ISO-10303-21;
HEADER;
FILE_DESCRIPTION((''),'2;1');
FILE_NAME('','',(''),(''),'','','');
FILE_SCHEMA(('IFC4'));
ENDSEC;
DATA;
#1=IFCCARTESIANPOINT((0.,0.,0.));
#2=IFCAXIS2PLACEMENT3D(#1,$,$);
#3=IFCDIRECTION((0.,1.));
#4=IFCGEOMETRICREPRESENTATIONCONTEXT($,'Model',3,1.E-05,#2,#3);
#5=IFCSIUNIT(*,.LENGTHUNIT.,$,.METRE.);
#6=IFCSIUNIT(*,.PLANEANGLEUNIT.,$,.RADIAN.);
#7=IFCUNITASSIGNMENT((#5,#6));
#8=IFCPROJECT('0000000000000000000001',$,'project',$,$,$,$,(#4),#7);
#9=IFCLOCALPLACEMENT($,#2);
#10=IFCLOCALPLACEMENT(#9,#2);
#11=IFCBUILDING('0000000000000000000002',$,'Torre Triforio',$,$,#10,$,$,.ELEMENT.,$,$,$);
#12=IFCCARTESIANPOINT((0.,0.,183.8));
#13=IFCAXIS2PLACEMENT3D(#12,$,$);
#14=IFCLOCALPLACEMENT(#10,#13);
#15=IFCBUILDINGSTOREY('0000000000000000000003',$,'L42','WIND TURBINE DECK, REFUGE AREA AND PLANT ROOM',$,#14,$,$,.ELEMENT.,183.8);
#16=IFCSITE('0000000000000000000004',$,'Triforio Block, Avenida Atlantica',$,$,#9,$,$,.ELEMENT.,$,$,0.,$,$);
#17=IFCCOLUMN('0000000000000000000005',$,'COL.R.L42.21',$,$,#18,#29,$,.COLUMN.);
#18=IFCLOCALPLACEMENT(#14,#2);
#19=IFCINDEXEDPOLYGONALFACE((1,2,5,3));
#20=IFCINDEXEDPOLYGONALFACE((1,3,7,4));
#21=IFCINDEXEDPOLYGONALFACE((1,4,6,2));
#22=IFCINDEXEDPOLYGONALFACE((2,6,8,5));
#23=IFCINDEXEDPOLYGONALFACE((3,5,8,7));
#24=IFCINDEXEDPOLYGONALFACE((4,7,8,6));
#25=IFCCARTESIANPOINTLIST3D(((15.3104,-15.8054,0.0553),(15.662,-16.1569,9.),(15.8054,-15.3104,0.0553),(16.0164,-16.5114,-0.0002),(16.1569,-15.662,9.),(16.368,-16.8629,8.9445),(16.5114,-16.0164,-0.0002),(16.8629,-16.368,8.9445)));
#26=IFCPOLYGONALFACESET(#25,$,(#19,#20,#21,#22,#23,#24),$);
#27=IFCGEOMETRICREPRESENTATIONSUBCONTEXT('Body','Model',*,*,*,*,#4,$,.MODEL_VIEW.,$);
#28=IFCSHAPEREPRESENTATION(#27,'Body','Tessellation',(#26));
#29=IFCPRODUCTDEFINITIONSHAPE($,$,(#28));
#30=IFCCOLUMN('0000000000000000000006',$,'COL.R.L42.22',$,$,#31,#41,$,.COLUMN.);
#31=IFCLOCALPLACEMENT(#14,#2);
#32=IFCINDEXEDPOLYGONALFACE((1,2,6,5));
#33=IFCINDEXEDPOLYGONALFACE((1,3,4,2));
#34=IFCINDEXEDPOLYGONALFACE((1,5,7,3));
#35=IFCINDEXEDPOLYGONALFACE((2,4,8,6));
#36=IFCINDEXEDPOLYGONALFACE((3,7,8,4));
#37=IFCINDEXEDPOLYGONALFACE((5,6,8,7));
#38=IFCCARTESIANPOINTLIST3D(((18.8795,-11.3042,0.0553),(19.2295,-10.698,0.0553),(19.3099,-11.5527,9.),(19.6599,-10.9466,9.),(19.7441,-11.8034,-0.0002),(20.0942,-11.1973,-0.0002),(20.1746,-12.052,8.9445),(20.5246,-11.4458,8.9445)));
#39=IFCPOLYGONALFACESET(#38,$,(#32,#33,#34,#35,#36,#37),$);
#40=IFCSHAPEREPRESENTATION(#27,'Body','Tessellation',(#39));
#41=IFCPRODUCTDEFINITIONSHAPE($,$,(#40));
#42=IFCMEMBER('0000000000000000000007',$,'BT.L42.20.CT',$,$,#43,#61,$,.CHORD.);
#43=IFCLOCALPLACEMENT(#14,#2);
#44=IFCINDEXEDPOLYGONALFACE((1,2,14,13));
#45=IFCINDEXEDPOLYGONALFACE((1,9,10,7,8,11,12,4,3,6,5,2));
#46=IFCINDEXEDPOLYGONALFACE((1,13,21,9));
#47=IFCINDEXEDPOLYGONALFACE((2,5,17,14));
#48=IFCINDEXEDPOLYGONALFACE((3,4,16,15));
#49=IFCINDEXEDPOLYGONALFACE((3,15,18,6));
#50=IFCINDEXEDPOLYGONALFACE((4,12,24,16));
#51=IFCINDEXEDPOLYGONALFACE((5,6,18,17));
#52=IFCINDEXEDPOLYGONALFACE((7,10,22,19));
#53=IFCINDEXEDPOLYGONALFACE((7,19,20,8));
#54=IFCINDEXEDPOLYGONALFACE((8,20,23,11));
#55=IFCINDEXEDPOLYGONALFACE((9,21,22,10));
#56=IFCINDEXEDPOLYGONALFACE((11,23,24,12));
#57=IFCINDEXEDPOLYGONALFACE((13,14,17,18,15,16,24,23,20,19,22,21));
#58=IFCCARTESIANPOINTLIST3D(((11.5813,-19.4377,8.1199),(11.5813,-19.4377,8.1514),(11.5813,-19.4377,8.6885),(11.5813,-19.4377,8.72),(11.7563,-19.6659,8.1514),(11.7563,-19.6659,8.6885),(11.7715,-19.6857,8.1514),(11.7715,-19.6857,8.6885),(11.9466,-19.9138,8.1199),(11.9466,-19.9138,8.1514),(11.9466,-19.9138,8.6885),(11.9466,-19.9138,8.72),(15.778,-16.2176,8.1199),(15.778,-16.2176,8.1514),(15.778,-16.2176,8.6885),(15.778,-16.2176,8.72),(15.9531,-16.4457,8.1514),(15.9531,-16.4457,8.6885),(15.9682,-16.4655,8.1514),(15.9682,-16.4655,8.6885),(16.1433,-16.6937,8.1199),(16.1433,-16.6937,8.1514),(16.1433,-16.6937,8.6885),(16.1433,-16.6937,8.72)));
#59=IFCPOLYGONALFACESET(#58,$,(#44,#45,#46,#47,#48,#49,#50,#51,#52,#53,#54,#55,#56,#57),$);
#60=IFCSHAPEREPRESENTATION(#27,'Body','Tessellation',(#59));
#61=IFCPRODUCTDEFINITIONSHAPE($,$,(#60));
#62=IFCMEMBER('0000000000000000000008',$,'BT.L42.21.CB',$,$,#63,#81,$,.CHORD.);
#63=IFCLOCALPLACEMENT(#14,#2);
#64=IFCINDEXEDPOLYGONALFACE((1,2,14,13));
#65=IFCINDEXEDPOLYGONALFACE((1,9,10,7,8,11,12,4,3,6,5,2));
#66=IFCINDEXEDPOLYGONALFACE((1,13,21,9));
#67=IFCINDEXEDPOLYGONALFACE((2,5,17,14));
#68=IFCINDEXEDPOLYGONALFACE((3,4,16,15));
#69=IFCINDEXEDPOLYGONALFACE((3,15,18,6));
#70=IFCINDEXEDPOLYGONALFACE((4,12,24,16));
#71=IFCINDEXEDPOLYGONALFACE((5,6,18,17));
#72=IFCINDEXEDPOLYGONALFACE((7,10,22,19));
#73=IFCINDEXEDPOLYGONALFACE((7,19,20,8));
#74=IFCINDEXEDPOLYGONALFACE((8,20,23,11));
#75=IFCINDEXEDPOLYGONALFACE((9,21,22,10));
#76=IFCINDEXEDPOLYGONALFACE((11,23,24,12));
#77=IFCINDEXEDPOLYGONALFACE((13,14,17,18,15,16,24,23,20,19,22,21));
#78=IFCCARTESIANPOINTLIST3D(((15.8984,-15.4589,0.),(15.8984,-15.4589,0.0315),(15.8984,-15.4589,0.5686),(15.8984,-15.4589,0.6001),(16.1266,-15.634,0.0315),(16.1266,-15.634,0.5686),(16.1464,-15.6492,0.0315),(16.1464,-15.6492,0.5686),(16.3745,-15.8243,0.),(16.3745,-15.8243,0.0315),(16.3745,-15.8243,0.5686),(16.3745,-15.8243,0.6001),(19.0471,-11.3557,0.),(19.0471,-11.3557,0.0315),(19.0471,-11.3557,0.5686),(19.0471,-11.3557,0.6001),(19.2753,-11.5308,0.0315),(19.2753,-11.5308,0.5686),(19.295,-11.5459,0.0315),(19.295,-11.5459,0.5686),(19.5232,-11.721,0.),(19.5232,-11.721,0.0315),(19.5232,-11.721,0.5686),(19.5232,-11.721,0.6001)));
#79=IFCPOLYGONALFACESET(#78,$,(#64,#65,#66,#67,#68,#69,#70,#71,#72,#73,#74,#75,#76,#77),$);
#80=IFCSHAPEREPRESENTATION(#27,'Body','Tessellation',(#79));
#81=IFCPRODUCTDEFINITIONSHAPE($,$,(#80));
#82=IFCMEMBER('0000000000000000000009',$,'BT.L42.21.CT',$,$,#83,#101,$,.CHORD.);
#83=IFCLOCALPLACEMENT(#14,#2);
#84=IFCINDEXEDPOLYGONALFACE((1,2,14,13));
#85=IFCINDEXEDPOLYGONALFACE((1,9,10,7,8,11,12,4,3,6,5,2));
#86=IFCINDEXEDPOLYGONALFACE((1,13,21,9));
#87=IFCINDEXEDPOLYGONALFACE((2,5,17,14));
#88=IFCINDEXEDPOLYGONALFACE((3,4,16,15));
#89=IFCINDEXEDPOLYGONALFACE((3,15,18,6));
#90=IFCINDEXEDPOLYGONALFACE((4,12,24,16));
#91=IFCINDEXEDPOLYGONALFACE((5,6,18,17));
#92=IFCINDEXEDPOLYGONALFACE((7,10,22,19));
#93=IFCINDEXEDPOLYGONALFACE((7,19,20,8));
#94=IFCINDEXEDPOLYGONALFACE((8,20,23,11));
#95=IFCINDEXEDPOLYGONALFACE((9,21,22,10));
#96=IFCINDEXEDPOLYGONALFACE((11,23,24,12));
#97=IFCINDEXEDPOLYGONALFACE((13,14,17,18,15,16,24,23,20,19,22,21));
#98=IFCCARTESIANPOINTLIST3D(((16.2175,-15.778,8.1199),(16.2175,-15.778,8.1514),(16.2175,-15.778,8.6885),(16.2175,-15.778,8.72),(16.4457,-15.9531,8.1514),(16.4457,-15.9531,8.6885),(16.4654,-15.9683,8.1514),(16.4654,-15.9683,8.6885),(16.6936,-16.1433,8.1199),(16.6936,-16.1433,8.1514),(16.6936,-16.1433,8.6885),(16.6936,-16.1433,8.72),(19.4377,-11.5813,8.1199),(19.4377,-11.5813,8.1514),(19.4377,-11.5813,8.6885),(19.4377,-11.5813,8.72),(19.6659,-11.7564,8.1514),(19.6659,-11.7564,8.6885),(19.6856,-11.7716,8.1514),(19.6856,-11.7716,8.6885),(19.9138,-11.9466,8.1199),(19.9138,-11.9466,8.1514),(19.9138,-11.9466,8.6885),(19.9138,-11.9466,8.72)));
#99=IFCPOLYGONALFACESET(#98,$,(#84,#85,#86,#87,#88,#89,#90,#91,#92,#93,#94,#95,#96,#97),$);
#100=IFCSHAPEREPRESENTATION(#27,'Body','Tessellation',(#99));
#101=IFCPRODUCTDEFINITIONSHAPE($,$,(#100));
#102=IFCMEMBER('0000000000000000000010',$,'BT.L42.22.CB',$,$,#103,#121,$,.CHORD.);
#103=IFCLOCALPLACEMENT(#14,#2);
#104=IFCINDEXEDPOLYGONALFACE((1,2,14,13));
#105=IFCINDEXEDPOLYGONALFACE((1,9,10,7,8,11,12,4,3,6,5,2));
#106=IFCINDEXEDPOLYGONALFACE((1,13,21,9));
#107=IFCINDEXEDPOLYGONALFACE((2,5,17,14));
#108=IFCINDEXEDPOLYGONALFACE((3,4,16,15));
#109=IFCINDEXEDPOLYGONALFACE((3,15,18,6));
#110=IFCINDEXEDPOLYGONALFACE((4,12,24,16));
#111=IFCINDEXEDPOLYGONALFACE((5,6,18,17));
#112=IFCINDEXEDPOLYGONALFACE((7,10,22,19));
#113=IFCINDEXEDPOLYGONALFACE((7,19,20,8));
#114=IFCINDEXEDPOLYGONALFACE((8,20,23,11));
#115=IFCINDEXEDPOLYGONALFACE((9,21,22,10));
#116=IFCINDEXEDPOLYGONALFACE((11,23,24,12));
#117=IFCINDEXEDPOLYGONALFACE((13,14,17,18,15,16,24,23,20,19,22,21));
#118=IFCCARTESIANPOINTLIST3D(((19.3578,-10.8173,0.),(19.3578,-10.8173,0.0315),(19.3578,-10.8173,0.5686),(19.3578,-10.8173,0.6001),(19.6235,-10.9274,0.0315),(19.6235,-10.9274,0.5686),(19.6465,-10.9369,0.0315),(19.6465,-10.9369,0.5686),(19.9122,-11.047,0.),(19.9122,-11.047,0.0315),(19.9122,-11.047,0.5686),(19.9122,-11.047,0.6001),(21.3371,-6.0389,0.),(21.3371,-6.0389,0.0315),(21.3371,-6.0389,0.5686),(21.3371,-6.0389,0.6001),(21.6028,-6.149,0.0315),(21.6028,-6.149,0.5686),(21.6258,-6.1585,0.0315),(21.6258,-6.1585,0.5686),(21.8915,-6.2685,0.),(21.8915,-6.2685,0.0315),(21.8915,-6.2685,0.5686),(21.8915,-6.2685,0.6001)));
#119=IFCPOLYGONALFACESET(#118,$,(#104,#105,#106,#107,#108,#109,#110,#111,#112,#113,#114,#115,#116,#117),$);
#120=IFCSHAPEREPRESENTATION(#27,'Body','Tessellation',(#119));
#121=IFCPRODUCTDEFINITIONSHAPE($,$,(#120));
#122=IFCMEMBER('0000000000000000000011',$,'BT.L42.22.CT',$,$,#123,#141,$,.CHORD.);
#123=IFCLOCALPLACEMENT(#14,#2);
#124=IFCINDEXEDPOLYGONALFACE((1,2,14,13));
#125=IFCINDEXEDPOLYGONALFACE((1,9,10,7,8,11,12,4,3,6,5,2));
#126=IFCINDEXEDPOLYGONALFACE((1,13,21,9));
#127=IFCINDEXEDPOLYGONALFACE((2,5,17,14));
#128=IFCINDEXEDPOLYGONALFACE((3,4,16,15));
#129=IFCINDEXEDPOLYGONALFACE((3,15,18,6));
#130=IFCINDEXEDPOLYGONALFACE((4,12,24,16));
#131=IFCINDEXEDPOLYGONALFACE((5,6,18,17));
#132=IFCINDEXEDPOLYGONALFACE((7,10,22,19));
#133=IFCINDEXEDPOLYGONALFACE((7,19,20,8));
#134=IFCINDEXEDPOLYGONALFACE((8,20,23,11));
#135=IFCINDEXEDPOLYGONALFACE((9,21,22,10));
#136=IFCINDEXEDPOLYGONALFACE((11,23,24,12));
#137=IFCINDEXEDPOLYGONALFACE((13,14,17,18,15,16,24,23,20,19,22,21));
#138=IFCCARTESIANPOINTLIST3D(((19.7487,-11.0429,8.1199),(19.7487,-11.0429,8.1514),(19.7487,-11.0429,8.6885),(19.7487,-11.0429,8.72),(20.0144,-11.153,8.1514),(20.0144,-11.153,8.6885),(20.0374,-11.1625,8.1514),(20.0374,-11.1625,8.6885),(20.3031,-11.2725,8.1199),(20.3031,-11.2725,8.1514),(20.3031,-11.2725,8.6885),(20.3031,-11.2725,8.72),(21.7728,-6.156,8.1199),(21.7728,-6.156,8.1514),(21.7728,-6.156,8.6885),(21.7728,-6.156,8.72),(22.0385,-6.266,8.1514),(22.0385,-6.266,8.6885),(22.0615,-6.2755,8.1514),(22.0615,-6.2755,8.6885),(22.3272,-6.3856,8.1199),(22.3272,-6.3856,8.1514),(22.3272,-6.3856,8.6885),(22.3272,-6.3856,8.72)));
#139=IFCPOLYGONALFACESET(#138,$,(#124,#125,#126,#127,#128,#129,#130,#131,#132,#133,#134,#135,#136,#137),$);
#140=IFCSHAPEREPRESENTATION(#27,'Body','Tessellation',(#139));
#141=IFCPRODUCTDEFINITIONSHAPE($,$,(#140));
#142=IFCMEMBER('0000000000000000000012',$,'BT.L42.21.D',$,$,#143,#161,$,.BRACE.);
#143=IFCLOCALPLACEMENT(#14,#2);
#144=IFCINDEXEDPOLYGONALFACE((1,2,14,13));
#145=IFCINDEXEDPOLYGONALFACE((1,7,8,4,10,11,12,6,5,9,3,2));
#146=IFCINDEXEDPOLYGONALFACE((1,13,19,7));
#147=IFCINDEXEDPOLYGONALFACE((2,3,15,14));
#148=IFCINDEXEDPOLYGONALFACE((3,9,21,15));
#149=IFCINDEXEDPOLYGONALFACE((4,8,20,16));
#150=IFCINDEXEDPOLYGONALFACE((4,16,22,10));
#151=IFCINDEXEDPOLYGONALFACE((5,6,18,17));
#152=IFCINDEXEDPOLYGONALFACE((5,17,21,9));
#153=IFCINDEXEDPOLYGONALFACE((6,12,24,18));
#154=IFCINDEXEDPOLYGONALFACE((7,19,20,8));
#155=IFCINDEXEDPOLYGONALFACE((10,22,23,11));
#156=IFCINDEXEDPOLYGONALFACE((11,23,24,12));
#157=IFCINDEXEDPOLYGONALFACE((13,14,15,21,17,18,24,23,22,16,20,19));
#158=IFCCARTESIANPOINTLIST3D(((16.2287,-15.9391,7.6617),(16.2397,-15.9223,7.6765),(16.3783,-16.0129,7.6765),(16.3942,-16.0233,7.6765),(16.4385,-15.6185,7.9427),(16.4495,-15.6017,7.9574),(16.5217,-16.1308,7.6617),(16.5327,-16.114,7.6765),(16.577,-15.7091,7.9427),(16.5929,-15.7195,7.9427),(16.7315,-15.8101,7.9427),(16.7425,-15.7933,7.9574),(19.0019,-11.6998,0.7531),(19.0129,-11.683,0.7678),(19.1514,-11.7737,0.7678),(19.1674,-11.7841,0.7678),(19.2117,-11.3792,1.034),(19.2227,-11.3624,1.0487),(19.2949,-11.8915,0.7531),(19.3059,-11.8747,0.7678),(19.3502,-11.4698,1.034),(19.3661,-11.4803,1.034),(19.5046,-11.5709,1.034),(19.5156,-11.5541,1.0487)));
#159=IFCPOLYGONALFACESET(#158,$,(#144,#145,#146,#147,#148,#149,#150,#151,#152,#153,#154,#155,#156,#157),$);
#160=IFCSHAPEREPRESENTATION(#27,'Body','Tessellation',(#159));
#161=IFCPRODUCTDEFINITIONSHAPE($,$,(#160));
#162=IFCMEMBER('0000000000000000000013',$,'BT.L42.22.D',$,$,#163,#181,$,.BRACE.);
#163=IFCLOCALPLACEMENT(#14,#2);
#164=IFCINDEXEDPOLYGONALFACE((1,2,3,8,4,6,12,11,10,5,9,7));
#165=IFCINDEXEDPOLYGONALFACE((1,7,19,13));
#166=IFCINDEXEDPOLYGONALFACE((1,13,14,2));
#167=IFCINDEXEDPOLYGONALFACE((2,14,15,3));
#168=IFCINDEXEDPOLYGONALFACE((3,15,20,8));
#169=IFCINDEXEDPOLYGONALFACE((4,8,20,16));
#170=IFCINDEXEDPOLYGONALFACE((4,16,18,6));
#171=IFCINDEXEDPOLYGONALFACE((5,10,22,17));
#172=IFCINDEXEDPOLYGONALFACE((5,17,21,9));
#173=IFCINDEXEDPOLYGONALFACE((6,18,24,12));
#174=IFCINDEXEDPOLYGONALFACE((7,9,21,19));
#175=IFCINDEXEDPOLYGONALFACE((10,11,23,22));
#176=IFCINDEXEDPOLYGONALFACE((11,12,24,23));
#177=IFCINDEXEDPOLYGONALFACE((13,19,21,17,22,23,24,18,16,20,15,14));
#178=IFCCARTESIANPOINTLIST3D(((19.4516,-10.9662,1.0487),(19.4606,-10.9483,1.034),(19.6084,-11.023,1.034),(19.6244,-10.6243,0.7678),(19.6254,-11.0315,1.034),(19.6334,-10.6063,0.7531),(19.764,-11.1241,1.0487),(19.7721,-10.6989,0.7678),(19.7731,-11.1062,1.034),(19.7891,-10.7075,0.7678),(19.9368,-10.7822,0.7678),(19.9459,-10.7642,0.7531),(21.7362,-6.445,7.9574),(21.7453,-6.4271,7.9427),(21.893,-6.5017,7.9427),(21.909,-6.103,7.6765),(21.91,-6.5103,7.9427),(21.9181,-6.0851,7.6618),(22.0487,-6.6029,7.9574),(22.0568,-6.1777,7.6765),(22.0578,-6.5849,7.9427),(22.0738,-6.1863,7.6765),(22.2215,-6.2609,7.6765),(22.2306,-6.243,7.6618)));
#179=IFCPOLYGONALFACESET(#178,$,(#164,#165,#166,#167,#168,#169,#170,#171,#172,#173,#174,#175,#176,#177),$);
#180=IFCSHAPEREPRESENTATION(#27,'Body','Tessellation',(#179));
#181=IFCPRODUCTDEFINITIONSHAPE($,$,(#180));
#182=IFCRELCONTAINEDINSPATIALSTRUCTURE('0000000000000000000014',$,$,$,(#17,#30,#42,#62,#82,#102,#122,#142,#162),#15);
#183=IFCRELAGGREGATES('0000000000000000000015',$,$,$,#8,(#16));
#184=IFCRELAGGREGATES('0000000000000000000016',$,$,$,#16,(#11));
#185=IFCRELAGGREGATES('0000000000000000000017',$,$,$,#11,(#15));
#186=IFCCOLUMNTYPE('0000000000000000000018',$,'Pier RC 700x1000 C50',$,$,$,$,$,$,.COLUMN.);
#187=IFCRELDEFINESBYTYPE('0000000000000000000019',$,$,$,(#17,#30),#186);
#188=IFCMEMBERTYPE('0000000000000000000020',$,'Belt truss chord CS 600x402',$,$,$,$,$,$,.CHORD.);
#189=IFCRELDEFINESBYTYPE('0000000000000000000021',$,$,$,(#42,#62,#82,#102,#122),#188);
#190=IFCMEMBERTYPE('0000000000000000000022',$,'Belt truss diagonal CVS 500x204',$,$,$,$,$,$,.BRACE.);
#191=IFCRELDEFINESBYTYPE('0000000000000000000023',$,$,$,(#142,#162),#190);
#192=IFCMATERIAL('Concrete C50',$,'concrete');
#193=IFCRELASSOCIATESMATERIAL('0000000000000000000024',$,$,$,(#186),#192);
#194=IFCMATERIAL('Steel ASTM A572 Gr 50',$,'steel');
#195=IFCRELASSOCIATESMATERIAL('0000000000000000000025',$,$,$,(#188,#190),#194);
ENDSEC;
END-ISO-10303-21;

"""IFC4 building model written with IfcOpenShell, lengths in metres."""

from ifc_helpers import new_model, si_unit, direction, frame, origin, origin_2d, place, context, subcontext, project, spatial, rectangle, i_section, extrude, material, material_profile, profile_set, type_object, element, save


model = new_model("IFC4")

# Units and contexts
model_context = context("Model", 3, precision=1e-05, world=origin(), true_north=direction((0.0, 1.0)))
body_context = subcontext(model_context, "Body", "Model", "MODEL_VIEW")
ifc_project = project(units=[si_unit("LENGTHUNIT", "METRE"), si_unit("PLANEANGLEUNIT", "RADIAN")], contexts=[model_context])

# Site, building, storey
site_placement = place(None, origin())
site = spatial("IfcSite", under=ifc_project, at=site_placement, Name="Triforio Block, Avenida Atlantica", CompositionType="ELEMENT", RefElevation=0.0)
building_placement = place(site_placement, origin())
building = spatial("IfcBuilding", under=site, at=building_placement, Name="Torre Triforio", CompositionType="ELEMENT")
storey_placement = place(building_placement, frame((0.0, 0.0, 183.8)))
storey = spatial("IfcBuildingStorey", under=building, at=storey_placement, Name="L42", Description="WIND TURBINE DECK, REFUGE AREA AND PLANT ROOM", CompositionType="ELEMENT", Elevation=183.8)

# Columns
ifc_material_1 = material(Name="Concrete C50", Category="concrete")
ifc_material_profile_1 = material_profile(ifc_material_1, rectangle(XDim=0.7, YDim=1.0, at=origin_2d()), Name="RC 700x1000")
ifc_profile_set_1 = profile_set([ifc_material_profile_1], Name="Concrete C50")
column_type = type_object("IfcColumnType", Name="Pier RC 700x1000 C50", PredefinedType="COLUMN", material=ifc_profile_set_1)
for number, where, z_axis, x_axis, name in (
    (1, (15.9109, -15.9109, 0.0276), (0.039244, -0.039244, 0.998459), (0.707107, 0.707107, 0.0), "COL.R.L42.21"),
    (2, (19.4868, -11.2507, 0.0276), (0.048047, -0.027743, 0.99846), (0.500048, 0.865997, 0.0), "COL.R.L42.22"),
):
    element("IfcColumn", number, at=place(storey_placement, frame(where, z_axis=z_axis, x_axis=x_axis)), inside=storey, type_object=column_type, Name=name, PredefinedType="COLUMN", context=body_context, shape_type="SweptSolid", body=[
        extrude(rectangle(XDim=0.7, YDim=1.0, at=origin_2d()), origin(), (0.0, 0.0, 1.0), 8.9585),
    ])

# Members
ifc_material_2 = material(Name="Steel ASTM A572 Gr 50", Category="steel")
ifc_material_profile_2 = material_profile(ifc_material_2, i_section(OverallWidth=0.6001, OverallDepth=0.6001, WebThickness=0.0249, FlangeThickness=0.0315, at=origin_2d()), Name="CS 600x402")
ifc_profile_set_2 = profile_set([ifc_material_profile_2], Name="Steel ASTM A572 Gr 50")
member_type_1 = type_object("IfcMemberType", Name="Belt truss chord CS 600x402", PredefinedType="CHORD", material=ifc_profile_set_2)
member_1_placement = place(storey_placement, frame((11.7639, -19.6758, 8.4199), z_axis=(0.793361, 0.608751, 0.0), x_axis=(-0.608751, 0.793361, 0.0)))
element("IfcMember", 3, at=member_1_placement, inside=storey, type_object=member_type_1, Name="BT.L42.20.CT", PredefinedType="CHORD", context=body_context, shape_type="SweptSolid", body=[
    extrude(i_section(OverallWidth=0.6001, OverallDepth=0.6001, WebThickness=0.0249, FlangeThickness=0.0315, at=origin_2d()), origin(), (0.0, 0.0, 1.0), 5.2898),
])
member_2_placement = place(storey_placement, frame((16.1365, -15.6416, 0.3), z_axis=(0.608777, 0.793341, 0.0), x_axis=(-0.793341, 0.608777, 0.0)))
element("IfcMember", 4, at=member_2_placement, inside=storey, type_object=member_type_1, Name="BT.L42.21.CB", PredefinedType="CHORD", context=body_context, shape_type="SweptSolid", body=[
    extrude(i_section(OverallWidth=0.6001, OverallDepth=0.6001, WebThickness=0.0249, FlangeThickness=0.0315, at=origin_2d()), origin(), (0.0, 0.0, 1.0), 5.1721),
])
member_3_placement = place(storey_placement, frame((16.4556, -15.9607, 8.4199), z_axis=(0.608751, 0.793361, 0.0), x_axis=(-0.793361, 0.608751, 0.0)))
element("IfcMember", 5, at=member_3_placement, inside=storey, type_object=member_type_1, Name="BT.L42.21.CT", PredefinedType="CHORD", context=body_context, shape_type="SweptSolid", body=[
    extrude(i_section(OverallWidth=0.6001, OverallDepth=0.6001, WebThickness=0.0249, FlangeThickness=0.0315, at=origin_2d()), origin(), (0.0, 0.0, 1.0), 5.2898),
])
member_4_placement = place(storey_placement, frame((19.635, -10.9321, 0.3), z_axis=(0.382684, 0.923879, 0.0), x_axis=(-0.923879, 0.382684, 0.0)))
element("IfcMember", 6, at=member_4_placement, inside=storey, type_object=member_type_1, Name="BT.L42.22.CB", PredefinedType="CHORD", context=body_context, shape_type="SweptSolid", body=[
    extrude(i_section(OverallWidth=0.6001, OverallDepth=0.6001, WebThickness=0.0249, FlangeThickness=0.0315, at=origin_2d()), origin(), (0.0, 0.0, 1.0), 5.1721),
])
member_5_placement = place(storey_placement, frame((20.0259, -11.1577, 8.4199), z_axis=(0.382671, 0.923885, 0.0), x_axis=(-0.923885, 0.382671, 0.0)))
element("IfcMember", 7, at=member_5_placement, inside=storey, type_object=member_type_1, Name="BT.L42.22.CT", PredefinedType="CHORD", context=body_context, shape_type="SweptSolid", body=[
    extrude(i_section(OverallWidth=0.6001, OverallDepth=0.6001, WebThickness=0.0249, FlangeThickness=0.0315, at=origin_2d()), origin(), (0.0, 0.0, 1.0), 5.2896),
])
ifc_material_profile_3 = material_profile(ifc_material_2, i_section(OverallWidth=0.3501, OverallDepth=0.5, WebThickness=0.019, FlangeThickness=0.0249, at=origin_2d()), Name="CVS 500x204")
ifc_profile_set_3 = profile_set([ifc_material_profile_3], Name="Steel ASTM A572 Gr 50")
member_type_2 = type_object("IfcMemberType", Name="Belt truss diagonal CVS 500x204", PredefinedType="BRACE", material=ifc_profile_set_3)
for number, where, z_axis, x_axis, name in (
    (8, (16.4856, -15.8662, 7.8096), (0.32371, 0.494841, -0.806439), (-0.836846, 0.547439, 0.0), "BT.L42.21.D"),
    (9, (19.6987, -10.8652, 0.9009), (0.266686, 0.527758, 0.806442), (-0.89252, 0.451007, 0.0), "BT.L42.22.D"),
):
    element("IfcMember", number, at=place(storey_placement, frame(where, z_axis=z_axis, x_axis=x_axis)), inside=storey, type_object=member_type_2, Name=name, PredefinedType="BRACE", context=body_context, shape_type="SweptSolid", body=[
        extrude(i_section(OverallWidth=0.3501, OverallDepth=0.5, WebThickness=0.019, FlangeThickness=0.0249, at=origin_2d()), origin(), (0.0, 0.0, 1.0), 8.5669),
    ])

save(model, "model.ifc")
